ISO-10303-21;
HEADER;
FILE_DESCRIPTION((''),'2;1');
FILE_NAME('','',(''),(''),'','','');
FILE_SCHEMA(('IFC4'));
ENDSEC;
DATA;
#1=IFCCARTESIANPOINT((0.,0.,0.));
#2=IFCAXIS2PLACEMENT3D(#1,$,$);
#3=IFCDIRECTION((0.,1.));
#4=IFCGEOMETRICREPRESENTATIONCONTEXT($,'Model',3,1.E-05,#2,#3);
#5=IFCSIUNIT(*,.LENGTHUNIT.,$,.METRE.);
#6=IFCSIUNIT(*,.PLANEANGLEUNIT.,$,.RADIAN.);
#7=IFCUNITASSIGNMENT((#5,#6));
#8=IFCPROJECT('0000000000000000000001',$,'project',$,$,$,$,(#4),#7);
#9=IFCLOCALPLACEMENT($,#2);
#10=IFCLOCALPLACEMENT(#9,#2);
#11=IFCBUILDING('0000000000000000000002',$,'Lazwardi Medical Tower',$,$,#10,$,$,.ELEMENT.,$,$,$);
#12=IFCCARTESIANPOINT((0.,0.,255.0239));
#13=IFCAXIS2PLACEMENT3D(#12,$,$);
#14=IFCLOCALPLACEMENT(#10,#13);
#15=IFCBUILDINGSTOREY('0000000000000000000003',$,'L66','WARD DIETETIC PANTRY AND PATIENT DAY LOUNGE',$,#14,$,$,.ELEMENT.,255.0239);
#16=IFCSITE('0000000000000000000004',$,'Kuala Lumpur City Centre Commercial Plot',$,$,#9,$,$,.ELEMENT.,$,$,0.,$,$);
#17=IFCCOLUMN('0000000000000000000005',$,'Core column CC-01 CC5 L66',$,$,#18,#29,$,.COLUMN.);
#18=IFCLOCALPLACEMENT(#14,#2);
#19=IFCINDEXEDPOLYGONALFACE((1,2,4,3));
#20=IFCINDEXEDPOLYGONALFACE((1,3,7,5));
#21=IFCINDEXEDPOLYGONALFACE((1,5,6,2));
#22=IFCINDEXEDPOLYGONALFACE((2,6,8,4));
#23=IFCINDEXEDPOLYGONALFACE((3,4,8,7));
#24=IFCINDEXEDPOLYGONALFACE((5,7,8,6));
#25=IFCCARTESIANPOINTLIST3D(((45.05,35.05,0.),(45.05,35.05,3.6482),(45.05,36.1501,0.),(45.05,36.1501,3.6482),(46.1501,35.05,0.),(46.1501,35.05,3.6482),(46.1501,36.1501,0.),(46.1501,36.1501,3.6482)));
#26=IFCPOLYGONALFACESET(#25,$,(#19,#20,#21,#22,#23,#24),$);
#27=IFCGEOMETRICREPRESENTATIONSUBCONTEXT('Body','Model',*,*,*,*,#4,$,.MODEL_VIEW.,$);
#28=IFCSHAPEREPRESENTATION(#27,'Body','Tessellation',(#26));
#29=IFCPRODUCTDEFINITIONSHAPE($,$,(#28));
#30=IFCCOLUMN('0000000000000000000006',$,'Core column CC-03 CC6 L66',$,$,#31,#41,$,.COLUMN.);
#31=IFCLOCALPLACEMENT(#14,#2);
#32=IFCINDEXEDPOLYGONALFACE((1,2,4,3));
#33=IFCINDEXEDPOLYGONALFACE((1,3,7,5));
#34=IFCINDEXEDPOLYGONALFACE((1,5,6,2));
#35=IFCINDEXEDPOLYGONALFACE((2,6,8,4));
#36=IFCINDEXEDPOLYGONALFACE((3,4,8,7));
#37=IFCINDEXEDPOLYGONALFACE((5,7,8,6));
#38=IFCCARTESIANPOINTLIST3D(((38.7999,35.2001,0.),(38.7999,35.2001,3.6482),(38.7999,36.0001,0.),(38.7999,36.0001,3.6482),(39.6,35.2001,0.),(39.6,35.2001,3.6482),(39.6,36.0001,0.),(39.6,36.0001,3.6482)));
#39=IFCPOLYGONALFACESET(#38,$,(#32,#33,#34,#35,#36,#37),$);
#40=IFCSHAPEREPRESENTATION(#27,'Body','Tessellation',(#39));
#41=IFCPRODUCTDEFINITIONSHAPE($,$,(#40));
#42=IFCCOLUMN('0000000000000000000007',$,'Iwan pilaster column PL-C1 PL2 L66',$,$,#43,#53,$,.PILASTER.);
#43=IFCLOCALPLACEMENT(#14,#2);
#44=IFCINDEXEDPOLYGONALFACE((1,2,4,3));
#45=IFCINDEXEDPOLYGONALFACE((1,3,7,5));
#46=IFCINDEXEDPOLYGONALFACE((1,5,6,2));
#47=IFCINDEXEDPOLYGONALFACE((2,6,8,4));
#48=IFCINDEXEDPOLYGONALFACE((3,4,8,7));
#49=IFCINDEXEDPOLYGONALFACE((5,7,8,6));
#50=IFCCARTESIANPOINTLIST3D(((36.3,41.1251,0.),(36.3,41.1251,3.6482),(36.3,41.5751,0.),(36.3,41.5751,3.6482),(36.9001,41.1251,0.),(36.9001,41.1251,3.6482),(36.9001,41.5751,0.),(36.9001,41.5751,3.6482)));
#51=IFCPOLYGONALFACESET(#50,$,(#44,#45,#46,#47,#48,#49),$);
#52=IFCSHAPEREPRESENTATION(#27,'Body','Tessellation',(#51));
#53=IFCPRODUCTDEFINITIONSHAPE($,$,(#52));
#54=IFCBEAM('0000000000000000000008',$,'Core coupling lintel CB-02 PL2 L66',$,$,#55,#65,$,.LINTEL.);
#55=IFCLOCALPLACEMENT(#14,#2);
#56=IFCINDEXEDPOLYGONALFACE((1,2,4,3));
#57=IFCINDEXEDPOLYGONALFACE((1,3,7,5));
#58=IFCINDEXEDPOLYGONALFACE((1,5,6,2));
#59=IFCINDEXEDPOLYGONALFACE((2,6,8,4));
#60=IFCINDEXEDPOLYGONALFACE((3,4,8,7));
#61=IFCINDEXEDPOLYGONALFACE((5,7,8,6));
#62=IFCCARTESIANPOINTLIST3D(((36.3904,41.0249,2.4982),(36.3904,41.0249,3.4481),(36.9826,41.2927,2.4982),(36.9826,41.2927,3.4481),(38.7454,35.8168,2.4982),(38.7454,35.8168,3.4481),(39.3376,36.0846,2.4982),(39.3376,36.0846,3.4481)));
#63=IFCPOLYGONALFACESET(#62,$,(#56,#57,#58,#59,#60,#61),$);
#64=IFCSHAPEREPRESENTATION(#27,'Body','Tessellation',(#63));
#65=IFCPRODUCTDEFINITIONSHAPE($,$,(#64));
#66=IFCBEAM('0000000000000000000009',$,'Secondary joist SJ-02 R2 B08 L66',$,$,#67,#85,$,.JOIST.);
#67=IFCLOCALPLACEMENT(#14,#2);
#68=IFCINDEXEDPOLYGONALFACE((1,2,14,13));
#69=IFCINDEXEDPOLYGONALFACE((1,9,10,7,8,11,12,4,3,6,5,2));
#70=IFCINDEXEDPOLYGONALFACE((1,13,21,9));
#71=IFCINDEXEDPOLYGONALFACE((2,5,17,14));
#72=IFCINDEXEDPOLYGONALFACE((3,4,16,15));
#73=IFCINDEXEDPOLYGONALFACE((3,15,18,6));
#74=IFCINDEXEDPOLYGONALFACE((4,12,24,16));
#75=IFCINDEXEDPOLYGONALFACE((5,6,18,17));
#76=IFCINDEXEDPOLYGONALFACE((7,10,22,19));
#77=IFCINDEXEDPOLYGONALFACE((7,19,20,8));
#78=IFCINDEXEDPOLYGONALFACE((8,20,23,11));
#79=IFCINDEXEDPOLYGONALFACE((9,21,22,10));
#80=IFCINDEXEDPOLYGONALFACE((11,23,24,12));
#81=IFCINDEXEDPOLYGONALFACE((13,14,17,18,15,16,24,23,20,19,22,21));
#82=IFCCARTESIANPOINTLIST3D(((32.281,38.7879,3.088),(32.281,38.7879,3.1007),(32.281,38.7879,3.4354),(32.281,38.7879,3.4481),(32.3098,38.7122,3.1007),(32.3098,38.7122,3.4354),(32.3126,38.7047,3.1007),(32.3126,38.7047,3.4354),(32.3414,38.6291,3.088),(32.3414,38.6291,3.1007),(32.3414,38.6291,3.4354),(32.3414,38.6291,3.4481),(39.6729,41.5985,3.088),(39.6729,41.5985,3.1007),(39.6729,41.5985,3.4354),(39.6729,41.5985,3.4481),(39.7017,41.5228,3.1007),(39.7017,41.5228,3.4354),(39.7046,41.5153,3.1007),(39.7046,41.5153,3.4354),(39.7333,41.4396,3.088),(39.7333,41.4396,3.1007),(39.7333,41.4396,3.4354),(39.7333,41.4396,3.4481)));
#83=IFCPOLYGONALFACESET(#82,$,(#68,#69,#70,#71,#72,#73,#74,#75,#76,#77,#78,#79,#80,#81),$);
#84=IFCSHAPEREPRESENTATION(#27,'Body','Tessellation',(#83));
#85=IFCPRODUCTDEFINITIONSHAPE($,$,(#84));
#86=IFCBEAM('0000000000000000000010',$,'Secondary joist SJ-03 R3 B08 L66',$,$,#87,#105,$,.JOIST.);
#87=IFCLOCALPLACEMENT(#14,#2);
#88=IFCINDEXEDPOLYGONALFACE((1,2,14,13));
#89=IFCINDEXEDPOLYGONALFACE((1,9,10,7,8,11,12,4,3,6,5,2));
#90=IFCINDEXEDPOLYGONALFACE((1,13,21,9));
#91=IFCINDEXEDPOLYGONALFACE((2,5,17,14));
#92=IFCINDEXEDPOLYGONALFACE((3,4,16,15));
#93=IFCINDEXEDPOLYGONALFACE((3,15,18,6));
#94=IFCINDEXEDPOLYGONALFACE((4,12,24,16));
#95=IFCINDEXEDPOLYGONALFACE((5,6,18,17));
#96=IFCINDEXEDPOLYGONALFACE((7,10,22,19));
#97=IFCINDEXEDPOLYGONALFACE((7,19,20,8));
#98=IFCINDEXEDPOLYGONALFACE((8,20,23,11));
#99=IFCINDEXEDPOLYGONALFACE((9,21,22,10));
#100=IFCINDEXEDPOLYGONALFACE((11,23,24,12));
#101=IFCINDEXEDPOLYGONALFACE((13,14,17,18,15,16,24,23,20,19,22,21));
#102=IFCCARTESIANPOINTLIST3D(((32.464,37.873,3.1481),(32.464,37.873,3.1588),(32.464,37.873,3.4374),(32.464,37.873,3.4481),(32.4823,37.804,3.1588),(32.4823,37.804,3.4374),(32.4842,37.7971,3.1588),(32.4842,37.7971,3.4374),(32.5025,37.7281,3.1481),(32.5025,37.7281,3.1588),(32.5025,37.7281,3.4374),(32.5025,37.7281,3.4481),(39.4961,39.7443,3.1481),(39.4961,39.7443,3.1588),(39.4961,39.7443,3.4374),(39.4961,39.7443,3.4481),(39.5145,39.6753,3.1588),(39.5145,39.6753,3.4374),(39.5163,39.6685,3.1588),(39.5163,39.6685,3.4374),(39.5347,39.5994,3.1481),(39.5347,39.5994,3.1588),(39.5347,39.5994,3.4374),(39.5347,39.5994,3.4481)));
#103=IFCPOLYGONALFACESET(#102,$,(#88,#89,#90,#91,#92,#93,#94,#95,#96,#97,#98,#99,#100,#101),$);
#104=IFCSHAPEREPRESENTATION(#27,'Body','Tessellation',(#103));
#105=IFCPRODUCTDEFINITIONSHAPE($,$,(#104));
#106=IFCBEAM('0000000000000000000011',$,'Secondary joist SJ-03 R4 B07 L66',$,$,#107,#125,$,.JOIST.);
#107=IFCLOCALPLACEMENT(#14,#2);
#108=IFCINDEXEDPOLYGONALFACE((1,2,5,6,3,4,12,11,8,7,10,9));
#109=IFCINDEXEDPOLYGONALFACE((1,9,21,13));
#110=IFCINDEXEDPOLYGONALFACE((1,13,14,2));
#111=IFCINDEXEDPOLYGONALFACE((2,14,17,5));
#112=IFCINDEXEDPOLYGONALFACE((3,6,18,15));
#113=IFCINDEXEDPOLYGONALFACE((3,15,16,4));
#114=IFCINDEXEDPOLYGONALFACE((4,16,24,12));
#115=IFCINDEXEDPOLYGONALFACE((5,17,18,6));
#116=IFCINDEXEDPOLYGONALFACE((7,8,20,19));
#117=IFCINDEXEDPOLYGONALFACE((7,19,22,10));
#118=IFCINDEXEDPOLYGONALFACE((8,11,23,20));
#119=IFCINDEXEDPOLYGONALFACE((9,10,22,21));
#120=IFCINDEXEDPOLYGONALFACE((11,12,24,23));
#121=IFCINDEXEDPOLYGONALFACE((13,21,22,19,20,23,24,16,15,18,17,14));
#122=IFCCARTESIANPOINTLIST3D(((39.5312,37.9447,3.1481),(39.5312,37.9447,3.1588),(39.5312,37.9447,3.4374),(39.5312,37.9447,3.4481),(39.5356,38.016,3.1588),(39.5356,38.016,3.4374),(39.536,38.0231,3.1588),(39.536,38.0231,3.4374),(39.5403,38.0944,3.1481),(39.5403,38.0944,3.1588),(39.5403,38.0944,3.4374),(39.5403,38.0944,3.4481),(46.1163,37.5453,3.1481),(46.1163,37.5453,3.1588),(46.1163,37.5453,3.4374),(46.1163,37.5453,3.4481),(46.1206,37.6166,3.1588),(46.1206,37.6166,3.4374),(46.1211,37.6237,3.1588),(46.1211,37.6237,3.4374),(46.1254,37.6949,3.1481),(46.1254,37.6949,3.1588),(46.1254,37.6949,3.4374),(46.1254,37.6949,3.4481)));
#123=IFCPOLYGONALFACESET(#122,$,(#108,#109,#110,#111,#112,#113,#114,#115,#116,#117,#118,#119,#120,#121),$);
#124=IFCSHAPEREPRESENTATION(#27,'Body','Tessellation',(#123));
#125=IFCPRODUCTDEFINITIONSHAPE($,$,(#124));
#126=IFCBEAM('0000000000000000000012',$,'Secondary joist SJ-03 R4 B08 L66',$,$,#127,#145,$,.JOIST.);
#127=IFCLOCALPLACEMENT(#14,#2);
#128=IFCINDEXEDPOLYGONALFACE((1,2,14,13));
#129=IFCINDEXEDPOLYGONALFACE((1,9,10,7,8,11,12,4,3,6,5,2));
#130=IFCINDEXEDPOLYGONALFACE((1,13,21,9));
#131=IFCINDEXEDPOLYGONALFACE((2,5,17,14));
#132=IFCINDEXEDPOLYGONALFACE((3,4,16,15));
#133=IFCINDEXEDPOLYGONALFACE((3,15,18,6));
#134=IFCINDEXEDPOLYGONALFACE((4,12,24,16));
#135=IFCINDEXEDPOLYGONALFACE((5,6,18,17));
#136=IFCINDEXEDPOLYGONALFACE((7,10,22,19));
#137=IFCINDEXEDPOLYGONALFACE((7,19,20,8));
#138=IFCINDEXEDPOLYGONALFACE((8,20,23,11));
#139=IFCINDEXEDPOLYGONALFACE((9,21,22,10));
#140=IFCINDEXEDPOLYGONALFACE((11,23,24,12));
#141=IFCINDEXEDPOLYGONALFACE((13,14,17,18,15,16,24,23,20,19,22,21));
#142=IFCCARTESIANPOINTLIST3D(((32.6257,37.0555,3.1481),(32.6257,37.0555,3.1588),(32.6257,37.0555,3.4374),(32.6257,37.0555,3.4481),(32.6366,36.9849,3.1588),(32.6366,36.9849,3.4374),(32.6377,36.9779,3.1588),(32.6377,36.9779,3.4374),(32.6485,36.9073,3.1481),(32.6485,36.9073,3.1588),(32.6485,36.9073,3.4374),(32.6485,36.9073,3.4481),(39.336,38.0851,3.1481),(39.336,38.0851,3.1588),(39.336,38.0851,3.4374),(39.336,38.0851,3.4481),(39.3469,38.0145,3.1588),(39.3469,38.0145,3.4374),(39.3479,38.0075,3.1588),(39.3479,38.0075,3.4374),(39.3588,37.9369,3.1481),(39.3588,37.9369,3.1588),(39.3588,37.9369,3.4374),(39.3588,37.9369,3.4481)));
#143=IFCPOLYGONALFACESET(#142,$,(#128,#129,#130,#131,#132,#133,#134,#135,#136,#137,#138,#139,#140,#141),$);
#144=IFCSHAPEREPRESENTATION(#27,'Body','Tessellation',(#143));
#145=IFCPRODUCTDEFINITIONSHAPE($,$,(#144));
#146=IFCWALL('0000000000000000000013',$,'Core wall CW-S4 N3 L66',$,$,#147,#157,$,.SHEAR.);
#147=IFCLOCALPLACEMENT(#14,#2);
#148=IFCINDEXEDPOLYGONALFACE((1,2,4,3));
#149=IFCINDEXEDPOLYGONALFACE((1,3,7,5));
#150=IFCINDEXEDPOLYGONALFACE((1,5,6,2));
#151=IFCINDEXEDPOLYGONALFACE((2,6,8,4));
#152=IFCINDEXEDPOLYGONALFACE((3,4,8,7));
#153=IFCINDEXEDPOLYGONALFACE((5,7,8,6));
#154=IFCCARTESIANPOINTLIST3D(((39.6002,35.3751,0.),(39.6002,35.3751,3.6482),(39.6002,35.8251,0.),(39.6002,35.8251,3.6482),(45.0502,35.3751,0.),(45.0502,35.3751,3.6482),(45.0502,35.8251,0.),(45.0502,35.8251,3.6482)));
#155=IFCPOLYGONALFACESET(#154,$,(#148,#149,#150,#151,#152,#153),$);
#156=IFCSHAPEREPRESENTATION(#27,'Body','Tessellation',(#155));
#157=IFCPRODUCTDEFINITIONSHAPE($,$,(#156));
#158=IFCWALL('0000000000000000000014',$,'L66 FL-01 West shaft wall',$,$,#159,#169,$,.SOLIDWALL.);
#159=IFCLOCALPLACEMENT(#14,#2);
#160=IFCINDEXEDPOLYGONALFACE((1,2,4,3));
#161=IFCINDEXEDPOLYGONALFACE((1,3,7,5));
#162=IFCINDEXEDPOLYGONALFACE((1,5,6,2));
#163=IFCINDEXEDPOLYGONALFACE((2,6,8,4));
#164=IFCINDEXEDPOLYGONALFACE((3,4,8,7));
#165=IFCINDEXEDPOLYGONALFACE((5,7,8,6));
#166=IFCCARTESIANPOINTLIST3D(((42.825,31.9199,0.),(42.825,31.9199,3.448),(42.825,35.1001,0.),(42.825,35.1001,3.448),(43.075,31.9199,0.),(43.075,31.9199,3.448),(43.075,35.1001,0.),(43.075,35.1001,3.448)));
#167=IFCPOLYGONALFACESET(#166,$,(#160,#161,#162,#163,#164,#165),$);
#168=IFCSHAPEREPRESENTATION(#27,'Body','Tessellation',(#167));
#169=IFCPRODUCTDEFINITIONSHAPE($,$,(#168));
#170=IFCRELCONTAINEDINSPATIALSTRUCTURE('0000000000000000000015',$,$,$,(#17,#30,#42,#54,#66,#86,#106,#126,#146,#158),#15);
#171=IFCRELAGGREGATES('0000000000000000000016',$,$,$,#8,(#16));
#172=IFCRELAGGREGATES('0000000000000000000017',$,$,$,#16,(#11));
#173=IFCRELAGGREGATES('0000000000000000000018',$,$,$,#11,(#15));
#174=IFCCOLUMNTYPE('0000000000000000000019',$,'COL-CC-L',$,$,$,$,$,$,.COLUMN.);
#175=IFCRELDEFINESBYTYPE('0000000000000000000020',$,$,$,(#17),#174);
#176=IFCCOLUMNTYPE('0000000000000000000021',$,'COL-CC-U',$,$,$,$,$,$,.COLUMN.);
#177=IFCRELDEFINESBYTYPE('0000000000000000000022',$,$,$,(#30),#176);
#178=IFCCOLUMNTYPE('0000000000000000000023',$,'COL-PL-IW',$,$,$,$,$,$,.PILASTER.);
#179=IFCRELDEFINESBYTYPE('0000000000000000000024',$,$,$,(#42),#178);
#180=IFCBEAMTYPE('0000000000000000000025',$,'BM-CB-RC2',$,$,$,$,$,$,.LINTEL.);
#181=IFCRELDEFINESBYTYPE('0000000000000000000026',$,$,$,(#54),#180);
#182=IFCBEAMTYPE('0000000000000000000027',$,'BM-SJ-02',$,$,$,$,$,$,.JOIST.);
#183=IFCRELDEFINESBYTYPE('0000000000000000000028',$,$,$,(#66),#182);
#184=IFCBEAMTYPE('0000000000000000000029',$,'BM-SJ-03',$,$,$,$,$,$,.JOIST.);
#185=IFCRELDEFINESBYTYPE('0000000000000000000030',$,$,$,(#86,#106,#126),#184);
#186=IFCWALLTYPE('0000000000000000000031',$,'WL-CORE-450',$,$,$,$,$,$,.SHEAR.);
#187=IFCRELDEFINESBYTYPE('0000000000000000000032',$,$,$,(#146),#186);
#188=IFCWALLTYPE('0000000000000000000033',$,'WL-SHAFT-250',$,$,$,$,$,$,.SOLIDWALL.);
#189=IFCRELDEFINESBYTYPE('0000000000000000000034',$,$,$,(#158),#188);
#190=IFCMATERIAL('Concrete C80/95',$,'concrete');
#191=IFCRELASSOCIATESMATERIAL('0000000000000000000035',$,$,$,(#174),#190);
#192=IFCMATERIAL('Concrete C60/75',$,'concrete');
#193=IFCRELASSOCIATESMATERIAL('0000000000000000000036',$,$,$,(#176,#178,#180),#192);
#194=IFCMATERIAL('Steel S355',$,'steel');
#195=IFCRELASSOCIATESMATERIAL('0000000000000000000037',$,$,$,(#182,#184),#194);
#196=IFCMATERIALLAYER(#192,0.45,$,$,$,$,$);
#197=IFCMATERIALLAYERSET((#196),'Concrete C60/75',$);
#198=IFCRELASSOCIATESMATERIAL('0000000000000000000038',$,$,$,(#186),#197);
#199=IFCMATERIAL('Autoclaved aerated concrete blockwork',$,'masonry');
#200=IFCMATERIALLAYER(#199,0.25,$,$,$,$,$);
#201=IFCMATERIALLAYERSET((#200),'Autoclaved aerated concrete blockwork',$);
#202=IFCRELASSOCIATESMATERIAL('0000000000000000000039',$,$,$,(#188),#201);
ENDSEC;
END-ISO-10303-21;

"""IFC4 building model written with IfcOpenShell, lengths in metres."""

from ifc_helpers import new_model, si_unit, direction, frame, frame_2d, origin, origin_2d, place, context, subcontext, project, spatial, rectangle, i_section, extrude, material, layer, layer_set, material_profile, profile_set, type_object, element, save


model = new_model("IFC4")

# Units and contexts
model_context = context("Model", 3, precision=1e-05, world=origin(), true_north=direction((0.0, 1.0)))
body_context = subcontext(model_context, "Body", "Model", "MODEL_VIEW")
ifc_project = project(units=[si_unit("LENGTHUNIT", "METRE"), si_unit("PLANEANGLEUNIT", "RADIAN")], contexts=[model_context])

# Site, building, storey
site_placement = place(None, origin())
site = spatial("IfcSite", under=ifc_project, at=site_placement, Name="Kuala Lumpur City Centre Commercial Plot", CompositionType="ELEMENT", RefElevation=0.0)
building_placement = place(site_placement, origin())
building = spatial("IfcBuilding", under=site, at=building_placement, Name="Lazwardi Medical Tower", CompositionType="ELEMENT")
storey_placement = place(building_placement, frame((0.0, 0.0, 255.0239)))
storey = spatial("IfcBuildingStorey", under=building, at=storey_placement, Name="L66", Description="WARD DIETETIC PANTRY AND PATIENT DAY LOUNGE", CompositionType="ELEMENT", Elevation=255.0239)

# Columns
ifc_material_1 = material(Name="Concrete C80/95", Category="concrete")
ifc_material_profile_1 = material_profile(ifc_material_1, rectangle(XDim=1.1001, YDim=1.1001, at=origin_2d()), Name="RC 1100x1100")
ifc_profile_set_1 = profile_set([ifc_material_profile_1], Name="Concrete C80/95")
column_type_1 = type_object("IfcColumnType", Name="COL-CC-L", PredefinedType="COLUMN", material=ifc_profile_set_1)
column_1_placement = place(storey_placement, frame((45.6001, 35.6001, 0.0), z_axis=(0.0, 0.0, 1.0), x_axis=(1.0, 0.0, 0.0)))
element("IfcColumn", 1, at=column_1_placement, inside=storey, type_object=column_type_1, Name="Core column CC-01 CC5 L66", PredefinedType="COLUMN", context=body_context, shape_type="SweptSolid", body=[
    extrude(rectangle(XDim=1.1001, YDim=1.1001, at=origin_2d()), origin(), (0.0, 0.0, 1.0), 3.6482),
])
ifc_material_2 = material(Name="Concrete C60/75", Category="concrete")
ifc_material_profile_2 = material_profile(ifc_material_2, rectangle(XDim=0.8, YDim=0.8, at=origin_2d()), Name="RC 800x800")
ifc_profile_set_2 = profile_set([ifc_material_profile_2], Name="Concrete C60/75")
column_type_2 = type_object("IfcColumnType", Name="COL-CC-U", PredefinedType="COLUMN", material=ifc_profile_set_2)
column_2_placement = place(storey_placement, frame((39.2, 35.6001, 0.0), z_axis=(0.0, 0.0, 1.0), x_axis=(1.0, 0.0, 0.0)))
element("IfcColumn", 2, at=column_2_placement, inside=storey, type_object=column_type_2, Name="Core column CC-03 CC6 L66", PredefinedType="COLUMN", context=body_context, shape_type="SweptSolid", body=[
    extrude(rectangle(XDim=0.8, YDim=0.8, at=origin_2d()), origin(), (0.0, 0.0, 1.0), 3.6482),
])
ifc_material_profile_3 = material_profile(ifc_material_2, rectangle(XDim=0.6001, YDim=0.45, at=origin_2d()), Name="RC 600x450")
ifc_profile_set_3 = profile_set([ifc_material_profile_3], Name="Concrete C60/75")
column_type_3 = type_object("IfcColumnType", Name="COL-PL-IW", PredefinedType="PILASTER", material=ifc_profile_set_3)
column_3_placement = place(storey_placement, frame((36.6001, 41.3501, 0.0), z_axis=(0.0, 0.0, 1.0), x_axis=(1.0, 0.0, 0.0)))
element("IfcColumn", 3, at=column_3_placement, inside=storey, type_object=column_type_3, Name="Iwan pilaster column PL-C1 PL2 L66", PredefinedType="PILASTER", context=body_context, shape_type="SweptSolid", body=[
    extrude(rectangle(XDim=0.6001, YDim=0.45, at=origin_2d()), origin(), (0.0, 0.0, 1.0), 3.6482),
])

# Beams
ifc_material_profile_4 = material_profile(ifc_material_2, rectangle(XDim=0.6499, YDim=0.95, at=origin_2d()), Name="RC 650x950")
ifc_profile_set_4 = profile_set([ifc_material_profile_4], Name="Concrete C60/75")
beam_type_1 = type_object("IfcBeamType", Name="BM-CB-RC2", PredefinedType="LINTEL", material=ifc_profile_set_4)
beam_1_placement = place(storey_placement, frame((39.0415, 35.9507, 2.9731), z_axis=(-0.412019, 0.911175, 0.0), x_axis=(-0.911175, -0.412019, 0.0)))
element("IfcBeam", 4, at=beam_1_placement, inside=storey, type_object=beam_type_1, Name="Core coupling lintel CB-02 PL2 L66", PredefinedType="LINTEL", context=body_context, shape_type="SweptSolid", body=[
    extrude(rectangle(XDim=0.6499, YDim=0.95, at=origin_2d()), origin(), (0.0, 0.0, 1.0), 5.7158),
])
ifc_material_3 = material(Name="Steel S355", Category="steel")
ifc_material_profile_5 = material_profile(ifc_material_3, i_section(OverallWidth=0.1699, OverallDepth=0.3601, WebThickness=0.0081, FlangeThickness=0.0127, at=origin_2d()), Name="IPE 360")
ifc_profile_set_5 = profile_set([ifc_material_profile_5], Name="Steel S355")
beam_type_2 = type_object("IfcBeamType", Name="BM-SJ-02", PredefinedType="JOIST", material=ifc_profile_set_5)
beam_2_placement = place(storey_placement, frame((39.7031, 41.519, 3.2681), z_axis=(-0.934714, -0.3554, 0.0), x_axis=(0.3554, -0.934714, 0.0)))
element("IfcBeam", 5, at=beam_2_placement, inside=storey, type_object=beam_type_2, Name="Secondary joist SJ-02 R2 B08 L66", PredefinedType="JOIST", context=body_context, shape_type="SweptSolid", body=[
    extrude(i_section(OverallWidth=0.1699, OverallDepth=0.3601, WebThickness=0.0081, FlangeThickness=0.0127, at=origin_2d()), origin(), (0.0, 0.0, 1.0), 7.9082),
])
ifc_material_profile_6 = material_profile(ifc_material_3, i_section(OverallWidth=0.1499, OverallDepth=0.3, WebThickness=0.0071, FlangeThickness=0.0107, at=origin_2d()), Name="IPE 300")
ifc_profile_set_6 = profile_set([ifc_material_profile_6], Name="Steel S355")
beam_type_3 = type_object("IfcBeamType", Name="BM-SJ-03", PredefinedType="JOIST", material=ifc_profile_set_6)
beam_3_placement = place(storey_placement, frame((39.5154, 39.6719, 3.2981), z_axis=(-0.966369, -0.257159, 0.0), x_axis=(0.257159, -0.966369, 0.0)))
element("IfcBeam", 6, at=beam_3_placement, inside=storey, type_object=beam_type_3, Name="Secondary joist SJ-03 R3 B08 L66", PredefinedType="JOIST", context=body_context, shape_type="SweptSolid", body=[
    extrude(i_section(OverallWidth=0.1499, OverallDepth=0.3, WebThickness=0.0071, FlangeThickness=0.0107, at=origin_2d()), origin(), (0.0, 0.0, 1.0), 7.2769),
])
beam_4_placement = place(storey_placement, frame((46.1208, 37.6201, 3.2981), z_axis=(-0.998166, 0.060544, 0.0), x_axis=(-0.060544, -0.998166, 0.0)))
element("IfcBeam", 7, at=beam_4_placement, inside=storey, type_object=beam_type_3, Name="Secondary joist SJ-03 R4 B07 L66", PredefinedType="JOIST", context=body_context, shape_type="SweptSolid", body=[
    extrude(i_section(OverallWidth=0.1499, OverallDepth=0.3, WebThickness=0.0071, FlangeThickness=0.0107, at=origin_2d()), origin(), (0.0, 0.0, 1.0), 6.5972),
])
beam_5_placement = place(storey_placement, frame((39.3474, 38.011, 3.2981), z_axis=(-0.988434, -0.151655, 0.0), x_axis=(0.151655, -0.988434, 0.0)))
element("IfcBeam", 8, at=beam_5_placement, inside=storey, type_object=beam_type_3, Name="Secondary joist SJ-03 R4 B08 L66", PredefinedType="JOIST", context=body_context, shape_type="SweptSolid", body=[
    extrude(i_section(OverallWidth=0.1499, OverallDepth=0.3, WebThickness=0.0071, FlangeThickness=0.0107, at=origin_2d()), origin(), (0.0, 0.0, 1.0), 6.7888),
])

# Walls
ifc_layer_1 = layer(ifc_material_2, 0.45)
ifc_layer_set_1 = layer_set([ifc_layer_1], Name="Concrete C60/75")
wall_type_1 = type_object("IfcWallType", Name="WL-CORE-450", PredefinedType="SHEAR", material=ifc_layer_set_1)
wall_1_placement = place(storey_placement, frame((39.6001, 35.6001, 0.0), z_axis=(0.0, 0.0, 1.0), x_axis=(1.0, 0.0, 0.0)))
element("IfcWall", 9, at=wall_1_placement, inside=storey, type_object=wall_type_1, Name="Core wall CW-S4 N3 L66", PredefinedType="SHEAR", context=body_context, shape_type="SweptSolid", body=[
    extrude(rectangle(XDim=5.45, YDim=0.45, at=frame_2d((2.7251, 0.0))), origin(), (0.0, 0.0, 1.0), 3.6482),
])
ifc_material_4 = material(Name="Autoclaved aerated concrete blockwork", Category="masonry")
ifc_layer_2 = layer(ifc_material_4, 0.25)
ifc_layer_set_2 = layer_set([ifc_layer_2], Name="Autoclaved aerated concrete blockwork")
wall_type_2 = type_object("IfcWallType", Name="WL-SHAFT-250", PredefinedType="SOLIDWALL", material=ifc_layer_set_2)
wall_2_placement = place(storey_placement, frame((42.95, 31.9199, 0.0), z_axis=(0.0, 0.0, 1.0), x_axis=(0.0, 1.0, 0.0)))
element("IfcWall", 10, at=wall_2_placement, inside=storey, type_object=wall_type_2, Name="L66 FL-01 West shaft wall", PredefinedType="SOLIDWALL", context=body_context, shape_type="SweptSolid", body=[
    extrude(rectangle(XDim=3.1802, YDim=0.25, at=frame_2d((1.5901, 0.0))), origin(), (0.0, 0.0, 1.0), 3.448),
])

save(model, "model.ifc")
